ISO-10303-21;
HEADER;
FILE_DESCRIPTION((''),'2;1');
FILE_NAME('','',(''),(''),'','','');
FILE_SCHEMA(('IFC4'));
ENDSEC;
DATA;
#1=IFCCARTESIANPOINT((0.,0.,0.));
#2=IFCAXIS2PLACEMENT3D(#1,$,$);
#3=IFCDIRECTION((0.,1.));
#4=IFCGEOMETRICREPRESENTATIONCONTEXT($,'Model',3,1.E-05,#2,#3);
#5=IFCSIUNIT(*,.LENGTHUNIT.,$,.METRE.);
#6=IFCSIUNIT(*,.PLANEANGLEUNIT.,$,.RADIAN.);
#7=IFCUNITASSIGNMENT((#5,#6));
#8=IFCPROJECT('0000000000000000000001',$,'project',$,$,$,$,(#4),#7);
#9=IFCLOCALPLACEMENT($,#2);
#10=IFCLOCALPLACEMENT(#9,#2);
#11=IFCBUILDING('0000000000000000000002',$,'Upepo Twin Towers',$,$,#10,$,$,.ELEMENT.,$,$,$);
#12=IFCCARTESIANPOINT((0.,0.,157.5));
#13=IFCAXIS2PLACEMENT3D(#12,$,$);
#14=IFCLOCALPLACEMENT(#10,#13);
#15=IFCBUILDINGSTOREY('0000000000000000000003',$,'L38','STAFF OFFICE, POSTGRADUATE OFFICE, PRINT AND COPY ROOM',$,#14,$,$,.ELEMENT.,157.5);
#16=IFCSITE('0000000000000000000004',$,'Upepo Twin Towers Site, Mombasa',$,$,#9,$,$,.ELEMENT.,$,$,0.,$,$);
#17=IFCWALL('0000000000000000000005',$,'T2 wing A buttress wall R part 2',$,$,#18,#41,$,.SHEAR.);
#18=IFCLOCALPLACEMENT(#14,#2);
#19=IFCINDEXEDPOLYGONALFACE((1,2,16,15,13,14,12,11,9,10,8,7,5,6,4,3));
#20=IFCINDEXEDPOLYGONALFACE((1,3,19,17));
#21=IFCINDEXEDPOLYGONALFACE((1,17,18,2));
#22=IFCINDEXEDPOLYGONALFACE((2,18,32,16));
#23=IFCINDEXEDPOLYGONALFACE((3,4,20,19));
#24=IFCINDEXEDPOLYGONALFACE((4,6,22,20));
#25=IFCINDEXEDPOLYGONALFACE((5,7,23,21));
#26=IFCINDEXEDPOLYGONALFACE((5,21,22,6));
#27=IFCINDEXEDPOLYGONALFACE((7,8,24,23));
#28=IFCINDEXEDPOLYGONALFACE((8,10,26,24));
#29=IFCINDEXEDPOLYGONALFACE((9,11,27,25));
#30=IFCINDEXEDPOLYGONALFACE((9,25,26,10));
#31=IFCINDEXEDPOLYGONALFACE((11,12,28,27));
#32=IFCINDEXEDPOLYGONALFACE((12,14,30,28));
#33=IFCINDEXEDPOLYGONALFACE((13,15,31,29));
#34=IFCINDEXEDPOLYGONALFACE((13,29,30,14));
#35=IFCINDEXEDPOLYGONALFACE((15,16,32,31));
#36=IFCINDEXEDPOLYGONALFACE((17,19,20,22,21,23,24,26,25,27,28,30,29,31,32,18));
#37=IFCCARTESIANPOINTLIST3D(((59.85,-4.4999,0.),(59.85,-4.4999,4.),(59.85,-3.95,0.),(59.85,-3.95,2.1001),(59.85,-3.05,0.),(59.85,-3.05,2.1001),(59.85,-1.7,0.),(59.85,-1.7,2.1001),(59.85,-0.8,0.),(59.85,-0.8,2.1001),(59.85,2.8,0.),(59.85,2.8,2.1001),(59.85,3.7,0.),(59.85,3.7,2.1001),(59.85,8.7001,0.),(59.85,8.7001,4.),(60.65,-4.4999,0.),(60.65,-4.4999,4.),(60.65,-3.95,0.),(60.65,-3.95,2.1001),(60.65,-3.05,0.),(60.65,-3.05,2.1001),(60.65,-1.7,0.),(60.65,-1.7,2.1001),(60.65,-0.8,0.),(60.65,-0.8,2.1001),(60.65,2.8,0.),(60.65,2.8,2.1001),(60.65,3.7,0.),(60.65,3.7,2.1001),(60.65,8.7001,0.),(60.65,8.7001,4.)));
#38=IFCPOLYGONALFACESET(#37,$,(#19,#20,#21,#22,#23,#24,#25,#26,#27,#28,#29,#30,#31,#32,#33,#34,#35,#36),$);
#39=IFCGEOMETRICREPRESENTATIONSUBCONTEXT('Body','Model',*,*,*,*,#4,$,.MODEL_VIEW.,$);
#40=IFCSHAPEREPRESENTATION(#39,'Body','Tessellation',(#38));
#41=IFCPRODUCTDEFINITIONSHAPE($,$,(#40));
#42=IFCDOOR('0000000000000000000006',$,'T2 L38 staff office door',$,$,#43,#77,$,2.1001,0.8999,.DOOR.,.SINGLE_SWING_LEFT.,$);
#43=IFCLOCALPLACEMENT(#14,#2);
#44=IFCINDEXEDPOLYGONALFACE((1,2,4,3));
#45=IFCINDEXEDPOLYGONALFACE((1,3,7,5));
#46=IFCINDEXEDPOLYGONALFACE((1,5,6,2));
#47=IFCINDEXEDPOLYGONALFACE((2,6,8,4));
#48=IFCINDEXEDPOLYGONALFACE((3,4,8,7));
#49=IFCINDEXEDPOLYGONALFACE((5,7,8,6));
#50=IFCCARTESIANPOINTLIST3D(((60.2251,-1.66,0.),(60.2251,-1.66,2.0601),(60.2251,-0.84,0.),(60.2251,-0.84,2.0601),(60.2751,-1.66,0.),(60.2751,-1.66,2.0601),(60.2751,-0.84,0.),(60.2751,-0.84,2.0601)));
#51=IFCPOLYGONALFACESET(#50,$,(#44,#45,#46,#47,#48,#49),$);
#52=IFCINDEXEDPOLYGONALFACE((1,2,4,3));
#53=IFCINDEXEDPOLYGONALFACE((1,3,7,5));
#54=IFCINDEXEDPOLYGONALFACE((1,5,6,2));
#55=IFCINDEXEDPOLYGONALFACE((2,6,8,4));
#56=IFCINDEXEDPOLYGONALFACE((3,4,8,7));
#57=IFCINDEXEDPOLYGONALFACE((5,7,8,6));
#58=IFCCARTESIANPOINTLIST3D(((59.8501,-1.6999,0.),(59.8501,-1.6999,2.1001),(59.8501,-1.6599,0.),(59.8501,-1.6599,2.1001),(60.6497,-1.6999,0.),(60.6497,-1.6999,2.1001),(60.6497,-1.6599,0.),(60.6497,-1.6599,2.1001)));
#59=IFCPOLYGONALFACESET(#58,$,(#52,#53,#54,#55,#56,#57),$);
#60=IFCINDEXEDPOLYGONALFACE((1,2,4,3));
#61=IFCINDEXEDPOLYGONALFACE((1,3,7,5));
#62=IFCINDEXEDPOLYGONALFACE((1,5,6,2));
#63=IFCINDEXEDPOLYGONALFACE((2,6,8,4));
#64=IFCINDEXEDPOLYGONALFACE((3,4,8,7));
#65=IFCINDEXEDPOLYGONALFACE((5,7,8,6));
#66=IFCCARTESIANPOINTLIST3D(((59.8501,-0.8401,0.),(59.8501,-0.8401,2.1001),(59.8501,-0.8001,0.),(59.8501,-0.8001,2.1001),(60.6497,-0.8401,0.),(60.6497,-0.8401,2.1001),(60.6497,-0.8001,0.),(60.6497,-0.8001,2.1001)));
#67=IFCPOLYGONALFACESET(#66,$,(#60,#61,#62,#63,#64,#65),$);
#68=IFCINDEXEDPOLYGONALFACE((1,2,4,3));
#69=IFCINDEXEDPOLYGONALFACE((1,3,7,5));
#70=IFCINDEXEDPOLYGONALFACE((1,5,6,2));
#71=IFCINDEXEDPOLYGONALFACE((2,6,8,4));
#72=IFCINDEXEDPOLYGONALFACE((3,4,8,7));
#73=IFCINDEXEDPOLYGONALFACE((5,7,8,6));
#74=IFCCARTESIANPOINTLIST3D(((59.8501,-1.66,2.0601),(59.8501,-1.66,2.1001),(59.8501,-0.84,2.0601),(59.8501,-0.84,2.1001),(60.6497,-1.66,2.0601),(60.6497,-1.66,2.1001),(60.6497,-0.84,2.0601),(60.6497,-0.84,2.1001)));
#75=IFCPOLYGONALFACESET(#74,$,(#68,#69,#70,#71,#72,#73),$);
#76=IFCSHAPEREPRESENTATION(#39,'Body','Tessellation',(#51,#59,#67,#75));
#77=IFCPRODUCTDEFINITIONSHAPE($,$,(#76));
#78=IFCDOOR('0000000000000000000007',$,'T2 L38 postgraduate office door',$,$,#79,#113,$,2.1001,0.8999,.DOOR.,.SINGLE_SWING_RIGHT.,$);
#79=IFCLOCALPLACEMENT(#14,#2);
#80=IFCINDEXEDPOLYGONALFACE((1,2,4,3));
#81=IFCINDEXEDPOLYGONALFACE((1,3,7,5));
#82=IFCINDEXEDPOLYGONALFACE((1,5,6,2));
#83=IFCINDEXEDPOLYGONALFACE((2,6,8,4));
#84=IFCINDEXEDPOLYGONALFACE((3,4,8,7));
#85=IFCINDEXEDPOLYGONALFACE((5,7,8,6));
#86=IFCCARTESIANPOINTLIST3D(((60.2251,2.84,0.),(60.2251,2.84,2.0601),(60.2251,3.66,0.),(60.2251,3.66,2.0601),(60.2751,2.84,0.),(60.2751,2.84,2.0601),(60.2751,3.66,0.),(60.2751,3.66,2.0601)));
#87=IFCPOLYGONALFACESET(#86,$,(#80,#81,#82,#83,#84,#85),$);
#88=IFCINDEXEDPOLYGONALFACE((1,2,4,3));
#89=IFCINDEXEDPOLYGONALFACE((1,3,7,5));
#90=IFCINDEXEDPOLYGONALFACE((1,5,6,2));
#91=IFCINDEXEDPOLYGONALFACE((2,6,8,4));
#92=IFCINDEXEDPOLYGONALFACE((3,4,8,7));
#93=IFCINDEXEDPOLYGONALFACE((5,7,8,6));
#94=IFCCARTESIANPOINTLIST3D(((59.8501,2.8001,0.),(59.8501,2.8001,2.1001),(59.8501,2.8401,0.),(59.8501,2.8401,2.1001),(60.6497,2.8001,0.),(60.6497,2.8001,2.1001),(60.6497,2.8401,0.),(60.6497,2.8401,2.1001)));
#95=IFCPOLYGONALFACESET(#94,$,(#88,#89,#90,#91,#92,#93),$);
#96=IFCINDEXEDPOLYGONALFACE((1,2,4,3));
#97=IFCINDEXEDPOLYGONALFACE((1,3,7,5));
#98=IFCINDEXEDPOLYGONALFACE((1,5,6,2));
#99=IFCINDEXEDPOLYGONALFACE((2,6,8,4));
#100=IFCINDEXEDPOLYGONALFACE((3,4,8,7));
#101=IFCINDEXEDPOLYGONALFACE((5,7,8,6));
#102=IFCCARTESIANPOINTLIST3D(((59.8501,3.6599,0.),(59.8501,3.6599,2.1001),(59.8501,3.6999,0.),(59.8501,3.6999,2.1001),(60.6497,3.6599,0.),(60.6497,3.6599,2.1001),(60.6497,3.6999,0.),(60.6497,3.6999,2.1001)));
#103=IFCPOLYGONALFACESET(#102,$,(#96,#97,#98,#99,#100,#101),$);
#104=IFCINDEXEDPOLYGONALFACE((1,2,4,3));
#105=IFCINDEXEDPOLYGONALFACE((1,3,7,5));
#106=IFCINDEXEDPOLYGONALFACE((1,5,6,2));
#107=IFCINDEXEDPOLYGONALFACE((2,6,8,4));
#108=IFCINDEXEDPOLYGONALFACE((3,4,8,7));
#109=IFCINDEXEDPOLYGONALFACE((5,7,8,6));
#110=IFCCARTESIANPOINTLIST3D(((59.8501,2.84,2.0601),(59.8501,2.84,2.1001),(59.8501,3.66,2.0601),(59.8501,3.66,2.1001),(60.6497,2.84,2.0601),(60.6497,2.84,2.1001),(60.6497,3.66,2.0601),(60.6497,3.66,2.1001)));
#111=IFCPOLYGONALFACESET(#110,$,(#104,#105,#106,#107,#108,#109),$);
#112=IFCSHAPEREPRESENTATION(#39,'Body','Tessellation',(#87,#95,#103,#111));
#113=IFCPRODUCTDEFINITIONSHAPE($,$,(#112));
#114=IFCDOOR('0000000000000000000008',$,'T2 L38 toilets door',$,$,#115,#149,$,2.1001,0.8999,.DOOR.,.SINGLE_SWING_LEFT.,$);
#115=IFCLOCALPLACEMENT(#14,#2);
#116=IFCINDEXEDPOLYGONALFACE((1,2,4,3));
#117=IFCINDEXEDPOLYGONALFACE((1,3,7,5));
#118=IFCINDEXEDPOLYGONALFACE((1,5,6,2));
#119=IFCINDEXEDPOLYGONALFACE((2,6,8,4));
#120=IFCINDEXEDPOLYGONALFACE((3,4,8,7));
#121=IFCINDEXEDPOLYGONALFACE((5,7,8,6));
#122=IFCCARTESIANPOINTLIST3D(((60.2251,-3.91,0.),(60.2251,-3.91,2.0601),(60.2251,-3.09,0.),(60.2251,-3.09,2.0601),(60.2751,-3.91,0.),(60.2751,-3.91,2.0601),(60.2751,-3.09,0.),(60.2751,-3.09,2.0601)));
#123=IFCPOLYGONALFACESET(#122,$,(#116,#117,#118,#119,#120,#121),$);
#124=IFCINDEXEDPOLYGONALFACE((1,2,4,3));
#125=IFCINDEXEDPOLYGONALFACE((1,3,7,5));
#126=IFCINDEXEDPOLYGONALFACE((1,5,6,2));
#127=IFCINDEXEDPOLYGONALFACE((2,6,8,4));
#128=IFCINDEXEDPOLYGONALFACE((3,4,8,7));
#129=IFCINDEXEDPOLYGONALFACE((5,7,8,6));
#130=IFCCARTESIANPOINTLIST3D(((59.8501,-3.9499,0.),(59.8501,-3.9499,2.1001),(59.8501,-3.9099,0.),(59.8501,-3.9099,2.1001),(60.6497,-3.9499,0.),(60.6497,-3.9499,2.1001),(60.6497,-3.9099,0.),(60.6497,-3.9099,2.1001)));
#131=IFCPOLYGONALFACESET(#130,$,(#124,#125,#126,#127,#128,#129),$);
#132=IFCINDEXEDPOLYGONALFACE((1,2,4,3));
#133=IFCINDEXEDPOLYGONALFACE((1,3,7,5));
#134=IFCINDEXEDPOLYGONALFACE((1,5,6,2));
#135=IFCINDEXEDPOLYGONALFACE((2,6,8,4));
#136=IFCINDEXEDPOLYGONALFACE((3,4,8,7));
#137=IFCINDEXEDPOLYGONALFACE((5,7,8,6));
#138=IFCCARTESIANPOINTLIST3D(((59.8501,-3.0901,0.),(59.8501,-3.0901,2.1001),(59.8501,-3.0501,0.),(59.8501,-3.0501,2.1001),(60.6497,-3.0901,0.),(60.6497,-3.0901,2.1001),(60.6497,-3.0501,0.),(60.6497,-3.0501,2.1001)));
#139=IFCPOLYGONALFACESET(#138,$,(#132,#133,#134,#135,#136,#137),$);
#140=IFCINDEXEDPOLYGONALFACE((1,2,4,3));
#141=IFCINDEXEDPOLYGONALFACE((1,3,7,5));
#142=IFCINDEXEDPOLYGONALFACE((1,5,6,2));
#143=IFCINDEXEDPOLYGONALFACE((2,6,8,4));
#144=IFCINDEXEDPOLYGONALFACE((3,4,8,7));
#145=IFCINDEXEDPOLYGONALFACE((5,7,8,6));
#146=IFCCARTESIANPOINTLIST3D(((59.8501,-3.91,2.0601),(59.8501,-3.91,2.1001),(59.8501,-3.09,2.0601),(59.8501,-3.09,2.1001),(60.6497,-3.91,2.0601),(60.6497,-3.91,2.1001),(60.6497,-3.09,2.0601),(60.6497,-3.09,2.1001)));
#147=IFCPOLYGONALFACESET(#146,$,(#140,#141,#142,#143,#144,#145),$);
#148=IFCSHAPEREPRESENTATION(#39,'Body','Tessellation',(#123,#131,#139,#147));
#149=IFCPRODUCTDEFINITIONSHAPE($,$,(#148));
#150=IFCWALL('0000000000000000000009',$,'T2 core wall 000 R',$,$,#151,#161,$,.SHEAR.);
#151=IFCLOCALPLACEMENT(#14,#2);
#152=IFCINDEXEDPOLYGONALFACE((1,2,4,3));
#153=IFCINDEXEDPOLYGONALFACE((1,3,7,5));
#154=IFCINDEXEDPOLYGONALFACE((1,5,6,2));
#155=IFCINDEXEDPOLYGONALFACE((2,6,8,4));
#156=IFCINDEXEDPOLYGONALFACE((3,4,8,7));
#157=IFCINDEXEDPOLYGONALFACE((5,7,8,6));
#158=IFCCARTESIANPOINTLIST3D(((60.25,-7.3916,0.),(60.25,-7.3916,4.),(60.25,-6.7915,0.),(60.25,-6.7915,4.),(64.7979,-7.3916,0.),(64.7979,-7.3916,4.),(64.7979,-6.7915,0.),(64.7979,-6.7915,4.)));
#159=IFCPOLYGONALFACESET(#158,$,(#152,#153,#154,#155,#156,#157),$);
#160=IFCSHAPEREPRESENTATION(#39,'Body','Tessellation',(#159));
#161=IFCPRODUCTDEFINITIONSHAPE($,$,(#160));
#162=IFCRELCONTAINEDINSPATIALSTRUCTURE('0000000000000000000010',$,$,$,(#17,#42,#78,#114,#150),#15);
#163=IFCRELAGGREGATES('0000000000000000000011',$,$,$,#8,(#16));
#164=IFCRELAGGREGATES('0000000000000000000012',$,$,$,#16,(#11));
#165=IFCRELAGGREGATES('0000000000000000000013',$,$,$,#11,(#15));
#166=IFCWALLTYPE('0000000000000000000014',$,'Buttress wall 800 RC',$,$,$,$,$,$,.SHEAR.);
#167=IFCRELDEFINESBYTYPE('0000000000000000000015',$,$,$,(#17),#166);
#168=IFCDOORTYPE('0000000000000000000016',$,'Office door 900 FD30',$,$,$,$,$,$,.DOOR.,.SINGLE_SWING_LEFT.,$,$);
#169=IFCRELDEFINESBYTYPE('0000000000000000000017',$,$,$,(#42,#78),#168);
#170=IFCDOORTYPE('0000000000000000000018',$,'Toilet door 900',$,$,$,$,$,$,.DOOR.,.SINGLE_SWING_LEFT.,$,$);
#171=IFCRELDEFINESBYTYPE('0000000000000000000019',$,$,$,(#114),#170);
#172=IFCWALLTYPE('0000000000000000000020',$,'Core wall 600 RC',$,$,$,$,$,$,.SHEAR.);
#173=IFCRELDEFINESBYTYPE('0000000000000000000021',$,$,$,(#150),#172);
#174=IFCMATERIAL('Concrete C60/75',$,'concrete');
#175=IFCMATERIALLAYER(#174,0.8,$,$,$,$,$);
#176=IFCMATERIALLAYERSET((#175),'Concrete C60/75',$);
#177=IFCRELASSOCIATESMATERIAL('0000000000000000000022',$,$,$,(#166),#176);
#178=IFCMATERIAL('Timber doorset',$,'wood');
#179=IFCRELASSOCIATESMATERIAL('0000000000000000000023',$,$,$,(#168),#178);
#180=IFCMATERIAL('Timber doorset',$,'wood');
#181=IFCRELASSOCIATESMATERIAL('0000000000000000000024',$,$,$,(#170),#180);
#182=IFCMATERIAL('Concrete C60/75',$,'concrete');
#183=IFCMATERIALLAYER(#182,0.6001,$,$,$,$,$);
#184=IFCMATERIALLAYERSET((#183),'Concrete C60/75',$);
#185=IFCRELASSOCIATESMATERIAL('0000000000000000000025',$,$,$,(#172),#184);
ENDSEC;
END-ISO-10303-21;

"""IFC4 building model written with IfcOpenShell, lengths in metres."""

from ifc_helpers import new_model, si_unit, direction, frame, frame_2d, origin, place, context, subcontext, project, spatial, rectangle, extrude, material, layer, layer_set, type_object, element, fill, save


model = new_model("IFC4")

# Units and contexts
model_context = context("Model", 3, precision=1e-05, world=origin(), true_north=direction((0.0, 1.0)))
body_context = subcontext(model_context, "Body", "Model", "MODEL_VIEW")
ifc_project = project(units=[si_unit("LENGTHUNIT", "METRE"), si_unit("PLANEANGLEUNIT", "RADIAN")], contexts=[model_context])

# Site, building, storey
site_placement = place(None, origin())
site = spatial("IfcSite", under=ifc_project, at=site_placement, Name="Upepo Twin Towers Site, Mombasa", CompositionType="ELEMENT", RefElevation=0.0)
building_placement = place(site_placement, origin())
building = spatial("IfcBuilding", under=site, at=building_placement, Name="Upepo Twin Towers", CompositionType="ELEMENT")
storey_placement = place(building_placement, frame((0.0, 0.0, 157.5)))
storey = spatial("IfcBuildingStorey", under=building, at=storey_placement, Name="L38", Description="STAFF OFFICE, POSTGRADUATE OFFICE, PRINT AND COPY ROOM", CompositionType="ELEMENT", Elevation=157.5)

# Wall, openings, doors
ifc_material_1 = material(Name="Concrete C60/75", Category="concrete")
ifc_layer_1 = layer(ifc_material_1, 0.8)
ifc_layer_set_1 = layer_set([ifc_layer_1], Name="Concrete C60/75")
wall_type_1 = type_object("IfcWallType", Name="Buttress wall 800 RC", PredefinedType="SHEAR", material=ifc_layer_set_1)
ifc_material_2 = material(Name="Timber doorset", Category="wood")
door_type_1 = type_object("IfcDoorType", Name="Office door 900 FD30", OperationType="SINGLE_SWING_LEFT", PredefinedType="DOOR", material=ifc_material_2)
ifc_material_3 = material(Name="Timber doorset", Category="wood")
door_type_2 = type_object("IfcDoorType", Name="Toilet door 900", OperationType="SINGLE_SWING_LEFT", PredefinedType="DOOR", material=ifc_material_3)
wall_1_placement = place(storey_placement, frame((60.25, -4.5, 0.0), z_axis=(0.0, 0.0, 1.0), x_axis=(0.0, 1.0, 0.0)))
wall_1 = element("IfcWall", 1, at=wall_1_placement, inside=storey, type_object=wall_type_1, Name="T2 wing A buttress wall R part 2", PredefinedType="SHEAR", context=body_context, shape_type="SweptSolid", body=[
    extrude(rectangle(XDim=13.2, YDim=0.8, at=frame_2d((6.6001, 0.0))), origin(), (0.0, 0.0, 1.0), 4.0),
])
opening_1_placement = place(wall_1_placement, frame((0.55, 0.0, 0.0)))
opening_1 = element("IfcOpeningElement", 2, at=opening_1_placement, cuts=wall_1, PredefinedType="OPENING", context=body_context, shape_type="SweptSolid", body=[
    extrude(rectangle(XDim=0.8999, YDim=2.1001, at=frame_2d((0.45, 1.05))), frame((0.0, 0.4099, 0.0), z_axis=(0.0, -1.0, 0.0), x_axis=(1.0, 0.0, 0.0)), (0.0, 0.0, 1.0), 0.8201),
])
opening_2_placement = place(wall_1_placement, frame((2.8, 0.0, 0.0)))
opening_2 = element("IfcOpeningElement", 3, at=opening_2_placement, cuts=wall_1, PredefinedType="OPENING", context=body_context, shape_type="SweptSolid", body=[
    extrude(rectangle(XDim=0.8999, YDim=2.1001, at=frame_2d((0.45, 1.05))), frame((0.0, 0.4099, 0.0), z_axis=(0.0, -1.0, 0.0), x_axis=(1.0, 0.0, 0.0)), (0.0, 0.0, 1.0), 0.8201),
])
opening_3_placement = place(wall_1_placement, frame((7.3, 0.0, 0.0)))
opening_3 = element("IfcOpeningElement", 4, at=opening_3_placement, cuts=wall_1, PredefinedType="OPENING", context=body_context, shape_type="SweptSolid", body=[
    extrude(rectangle(XDim=0.8999, YDim=2.1001, at=frame_2d((0.45, 1.05))), frame((0.0, 0.4099, 0.0), z_axis=(0.0, -1.0, 0.0), x_axis=(1.0, 0.0, 0.0)), (0.0, 0.0, 1.0), 0.8201),
])
door_1_placement = place(opening_2_placement, origin())
door_1 = element("IfcDoor", 5, at=door_1_placement, inside=storey, type_object=door_type_1, Name="T2 L38 staff office door", OperationType="SINGLE_SWING_LEFT", OverallHeight=2.1001, OverallWidth=0.8999, PredefinedType="DOOR", context=body_context, shape_type="SweptSolid", body=[
    extrude(rectangle(XDim=0.8199, YDim=2.0601, at=frame_2d((0.45, 1.03))), frame((0.0, 0.0249, 0.0), z_axis=(0.0, -1.0, 0.0), x_axis=(1.0, 0.0, 0.0)), (0.0, 0.0, 1.0), 0.05),
    extrude(rectangle(XDim=0.04, YDim=2.1001, at=frame_2d((0.02, 1.05))), frame((0.0, 0.3999, 0.0), z_axis=(0.0, -1.0, 0.0), x_axis=(1.0, 0.0, 0.0)), (0.0, 0.0, 1.0), 0.7996),
    extrude(rectangle(XDim=0.04, YDim=2.1001, at=frame_2d((0.8799, 1.05))), frame((0.0, 0.3999, 0.0), z_axis=(0.0, -1.0, 0.0), x_axis=(1.0, 0.0, 0.0)), (0.0, 0.0, 1.0), 0.7996),
    extrude(rectangle(XDim=0.8199, YDim=0.04, at=frame_2d((0.45, 2.0801))), frame((0.0, 0.3999, 0.0), z_axis=(0.0, -1.0, 0.0), x_axis=(1.0, 0.0, 0.0)), (0.0, 0.0, 1.0), 0.7996),
])
fill(opening_2, door_1)
door_2_placement = place(opening_3_placement, origin())
door_2 = element("IfcDoor", 6, at=door_2_placement, inside=storey, type_object=door_type_1, Name="T2 L38 postgraduate office door", OperationType="SINGLE_SWING_RIGHT", OverallHeight=2.1001, OverallWidth=0.8999, PredefinedType="DOOR", context=body_context, shape_type="SweptSolid", body=[
    extrude(rectangle(XDim=0.8199, YDim=2.0601, at=frame_2d((0.45, 1.03))), frame((0.0, 0.0249, 0.0), z_axis=(0.0, -1.0, 0.0), x_axis=(1.0, 0.0, 0.0)), (0.0, 0.0, 1.0), 0.05),
    extrude(rectangle(XDim=0.04, YDim=2.1001, at=frame_2d((0.02, 1.05))), frame((0.0, 0.3999, 0.0), z_axis=(0.0, -1.0, 0.0), x_axis=(1.0, 0.0, 0.0)), (0.0, 0.0, 1.0), 0.7996),
    extrude(rectangle(XDim=0.04, YDim=2.1001, at=frame_2d((0.8799, 1.05))), frame((0.0, 0.3999, 0.0), z_axis=(0.0, -1.0, 0.0), x_axis=(1.0, 0.0, 0.0)), (0.0, 0.0, 1.0), 0.7996),
    extrude(rectangle(XDim=0.8199, YDim=0.04, at=frame_2d((0.45, 2.0801))), frame((0.0, 0.3999, 0.0), z_axis=(0.0, -1.0, 0.0), x_axis=(1.0, 0.0, 0.0)), (0.0, 0.0, 1.0), 0.7996),
])
fill(opening_3, door_2)
door_3_placement = place(opening_1_placement, origin())
door_3 = element("IfcDoor", 7, at=door_3_placement, inside=storey, type_object=door_type_2, Name="T2 L38 toilets door", OperationType="SINGLE_SWING_LEFT", OverallHeight=2.1001, OverallWidth=0.8999, PredefinedType="DOOR", context=body_context, shape_type="SweptSolid", body=[
    extrude(rectangle(XDim=0.8199, YDim=2.0601, at=frame_2d((0.45, 1.03))), frame((0.0, 0.0249, 0.0), z_axis=(0.0, -1.0, 0.0), x_axis=(1.0, 0.0, 0.0)), (0.0, 0.0, 1.0), 0.05),
    extrude(rectangle(XDim=0.04, YDim=2.1001, at=frame_2d((0.02, 1.05))), frame((0.0, 0.3999, 0.0), z_axis=(0.0, -1.0, 0.0), x_axis=(1.0, 0.0, 0.0)), (0.0, 0.0, 1.0), 0.7996),
    extrude(rectangle(XDim=0.04, YDim=2.1001, at=frame_2d((0.8799, 1.05))), frame((0.0, 0.3999, 0.0), z_axis=(0.0, -1.0, 0.0), x_axis=(1.0, 0.0, 0.0)), (0.0, 0.0, 1.0), 0.7996),
    extrude(rectangle(XDim=0.8199, YDim=0.04, at=frame_2d((0.45, 2.0801))), frame((0.0, 0.3999, 0.0), z_axis=(0.0, -1.0, 0.0), x_axis=(1.0, 0.0, 0.0)), (0.0, 0.0, 1.0), 0.7996),
])
fill(opening_1, door_3)

# Wall
ifc_material_4 = material(Name="Concrete C60/75", Category="concrete")
ifc_layer_2 = layer(ifc_material_4, 0.6001)
ifc_layer_set_2 = layer_set([ifc_layer_2], Name="Concrete C60/75")
wall_type_2 = type_object("IfcWallType", Name="Core wall 600 RC", PredefinedType="SHEAR", material=ifc_layer_set_2)
wall_2_placement = place(storey_placement, frame((64.7979, -7.0916, 0.0), z_axis=(0.0, 0.0, 1.0), x_axis=(-1.0, 0.0, 0.0)))
element("IfcWall", 8, at=wall_2_placement, inside=storey, type_object=wall_type_2, Name="T2 core wall 000 R", PredefinedType="SHEAR", context=body_context, shape_type="SweptSolid", body=[
    extrude(rectangle(XDim=4.5479, YDim=0.6001, at=frame_2d((2.2739, 0.0))), origin(), (0.0, 0.0, 1.0), 4.0),
])

save(model, "model.ifc")
